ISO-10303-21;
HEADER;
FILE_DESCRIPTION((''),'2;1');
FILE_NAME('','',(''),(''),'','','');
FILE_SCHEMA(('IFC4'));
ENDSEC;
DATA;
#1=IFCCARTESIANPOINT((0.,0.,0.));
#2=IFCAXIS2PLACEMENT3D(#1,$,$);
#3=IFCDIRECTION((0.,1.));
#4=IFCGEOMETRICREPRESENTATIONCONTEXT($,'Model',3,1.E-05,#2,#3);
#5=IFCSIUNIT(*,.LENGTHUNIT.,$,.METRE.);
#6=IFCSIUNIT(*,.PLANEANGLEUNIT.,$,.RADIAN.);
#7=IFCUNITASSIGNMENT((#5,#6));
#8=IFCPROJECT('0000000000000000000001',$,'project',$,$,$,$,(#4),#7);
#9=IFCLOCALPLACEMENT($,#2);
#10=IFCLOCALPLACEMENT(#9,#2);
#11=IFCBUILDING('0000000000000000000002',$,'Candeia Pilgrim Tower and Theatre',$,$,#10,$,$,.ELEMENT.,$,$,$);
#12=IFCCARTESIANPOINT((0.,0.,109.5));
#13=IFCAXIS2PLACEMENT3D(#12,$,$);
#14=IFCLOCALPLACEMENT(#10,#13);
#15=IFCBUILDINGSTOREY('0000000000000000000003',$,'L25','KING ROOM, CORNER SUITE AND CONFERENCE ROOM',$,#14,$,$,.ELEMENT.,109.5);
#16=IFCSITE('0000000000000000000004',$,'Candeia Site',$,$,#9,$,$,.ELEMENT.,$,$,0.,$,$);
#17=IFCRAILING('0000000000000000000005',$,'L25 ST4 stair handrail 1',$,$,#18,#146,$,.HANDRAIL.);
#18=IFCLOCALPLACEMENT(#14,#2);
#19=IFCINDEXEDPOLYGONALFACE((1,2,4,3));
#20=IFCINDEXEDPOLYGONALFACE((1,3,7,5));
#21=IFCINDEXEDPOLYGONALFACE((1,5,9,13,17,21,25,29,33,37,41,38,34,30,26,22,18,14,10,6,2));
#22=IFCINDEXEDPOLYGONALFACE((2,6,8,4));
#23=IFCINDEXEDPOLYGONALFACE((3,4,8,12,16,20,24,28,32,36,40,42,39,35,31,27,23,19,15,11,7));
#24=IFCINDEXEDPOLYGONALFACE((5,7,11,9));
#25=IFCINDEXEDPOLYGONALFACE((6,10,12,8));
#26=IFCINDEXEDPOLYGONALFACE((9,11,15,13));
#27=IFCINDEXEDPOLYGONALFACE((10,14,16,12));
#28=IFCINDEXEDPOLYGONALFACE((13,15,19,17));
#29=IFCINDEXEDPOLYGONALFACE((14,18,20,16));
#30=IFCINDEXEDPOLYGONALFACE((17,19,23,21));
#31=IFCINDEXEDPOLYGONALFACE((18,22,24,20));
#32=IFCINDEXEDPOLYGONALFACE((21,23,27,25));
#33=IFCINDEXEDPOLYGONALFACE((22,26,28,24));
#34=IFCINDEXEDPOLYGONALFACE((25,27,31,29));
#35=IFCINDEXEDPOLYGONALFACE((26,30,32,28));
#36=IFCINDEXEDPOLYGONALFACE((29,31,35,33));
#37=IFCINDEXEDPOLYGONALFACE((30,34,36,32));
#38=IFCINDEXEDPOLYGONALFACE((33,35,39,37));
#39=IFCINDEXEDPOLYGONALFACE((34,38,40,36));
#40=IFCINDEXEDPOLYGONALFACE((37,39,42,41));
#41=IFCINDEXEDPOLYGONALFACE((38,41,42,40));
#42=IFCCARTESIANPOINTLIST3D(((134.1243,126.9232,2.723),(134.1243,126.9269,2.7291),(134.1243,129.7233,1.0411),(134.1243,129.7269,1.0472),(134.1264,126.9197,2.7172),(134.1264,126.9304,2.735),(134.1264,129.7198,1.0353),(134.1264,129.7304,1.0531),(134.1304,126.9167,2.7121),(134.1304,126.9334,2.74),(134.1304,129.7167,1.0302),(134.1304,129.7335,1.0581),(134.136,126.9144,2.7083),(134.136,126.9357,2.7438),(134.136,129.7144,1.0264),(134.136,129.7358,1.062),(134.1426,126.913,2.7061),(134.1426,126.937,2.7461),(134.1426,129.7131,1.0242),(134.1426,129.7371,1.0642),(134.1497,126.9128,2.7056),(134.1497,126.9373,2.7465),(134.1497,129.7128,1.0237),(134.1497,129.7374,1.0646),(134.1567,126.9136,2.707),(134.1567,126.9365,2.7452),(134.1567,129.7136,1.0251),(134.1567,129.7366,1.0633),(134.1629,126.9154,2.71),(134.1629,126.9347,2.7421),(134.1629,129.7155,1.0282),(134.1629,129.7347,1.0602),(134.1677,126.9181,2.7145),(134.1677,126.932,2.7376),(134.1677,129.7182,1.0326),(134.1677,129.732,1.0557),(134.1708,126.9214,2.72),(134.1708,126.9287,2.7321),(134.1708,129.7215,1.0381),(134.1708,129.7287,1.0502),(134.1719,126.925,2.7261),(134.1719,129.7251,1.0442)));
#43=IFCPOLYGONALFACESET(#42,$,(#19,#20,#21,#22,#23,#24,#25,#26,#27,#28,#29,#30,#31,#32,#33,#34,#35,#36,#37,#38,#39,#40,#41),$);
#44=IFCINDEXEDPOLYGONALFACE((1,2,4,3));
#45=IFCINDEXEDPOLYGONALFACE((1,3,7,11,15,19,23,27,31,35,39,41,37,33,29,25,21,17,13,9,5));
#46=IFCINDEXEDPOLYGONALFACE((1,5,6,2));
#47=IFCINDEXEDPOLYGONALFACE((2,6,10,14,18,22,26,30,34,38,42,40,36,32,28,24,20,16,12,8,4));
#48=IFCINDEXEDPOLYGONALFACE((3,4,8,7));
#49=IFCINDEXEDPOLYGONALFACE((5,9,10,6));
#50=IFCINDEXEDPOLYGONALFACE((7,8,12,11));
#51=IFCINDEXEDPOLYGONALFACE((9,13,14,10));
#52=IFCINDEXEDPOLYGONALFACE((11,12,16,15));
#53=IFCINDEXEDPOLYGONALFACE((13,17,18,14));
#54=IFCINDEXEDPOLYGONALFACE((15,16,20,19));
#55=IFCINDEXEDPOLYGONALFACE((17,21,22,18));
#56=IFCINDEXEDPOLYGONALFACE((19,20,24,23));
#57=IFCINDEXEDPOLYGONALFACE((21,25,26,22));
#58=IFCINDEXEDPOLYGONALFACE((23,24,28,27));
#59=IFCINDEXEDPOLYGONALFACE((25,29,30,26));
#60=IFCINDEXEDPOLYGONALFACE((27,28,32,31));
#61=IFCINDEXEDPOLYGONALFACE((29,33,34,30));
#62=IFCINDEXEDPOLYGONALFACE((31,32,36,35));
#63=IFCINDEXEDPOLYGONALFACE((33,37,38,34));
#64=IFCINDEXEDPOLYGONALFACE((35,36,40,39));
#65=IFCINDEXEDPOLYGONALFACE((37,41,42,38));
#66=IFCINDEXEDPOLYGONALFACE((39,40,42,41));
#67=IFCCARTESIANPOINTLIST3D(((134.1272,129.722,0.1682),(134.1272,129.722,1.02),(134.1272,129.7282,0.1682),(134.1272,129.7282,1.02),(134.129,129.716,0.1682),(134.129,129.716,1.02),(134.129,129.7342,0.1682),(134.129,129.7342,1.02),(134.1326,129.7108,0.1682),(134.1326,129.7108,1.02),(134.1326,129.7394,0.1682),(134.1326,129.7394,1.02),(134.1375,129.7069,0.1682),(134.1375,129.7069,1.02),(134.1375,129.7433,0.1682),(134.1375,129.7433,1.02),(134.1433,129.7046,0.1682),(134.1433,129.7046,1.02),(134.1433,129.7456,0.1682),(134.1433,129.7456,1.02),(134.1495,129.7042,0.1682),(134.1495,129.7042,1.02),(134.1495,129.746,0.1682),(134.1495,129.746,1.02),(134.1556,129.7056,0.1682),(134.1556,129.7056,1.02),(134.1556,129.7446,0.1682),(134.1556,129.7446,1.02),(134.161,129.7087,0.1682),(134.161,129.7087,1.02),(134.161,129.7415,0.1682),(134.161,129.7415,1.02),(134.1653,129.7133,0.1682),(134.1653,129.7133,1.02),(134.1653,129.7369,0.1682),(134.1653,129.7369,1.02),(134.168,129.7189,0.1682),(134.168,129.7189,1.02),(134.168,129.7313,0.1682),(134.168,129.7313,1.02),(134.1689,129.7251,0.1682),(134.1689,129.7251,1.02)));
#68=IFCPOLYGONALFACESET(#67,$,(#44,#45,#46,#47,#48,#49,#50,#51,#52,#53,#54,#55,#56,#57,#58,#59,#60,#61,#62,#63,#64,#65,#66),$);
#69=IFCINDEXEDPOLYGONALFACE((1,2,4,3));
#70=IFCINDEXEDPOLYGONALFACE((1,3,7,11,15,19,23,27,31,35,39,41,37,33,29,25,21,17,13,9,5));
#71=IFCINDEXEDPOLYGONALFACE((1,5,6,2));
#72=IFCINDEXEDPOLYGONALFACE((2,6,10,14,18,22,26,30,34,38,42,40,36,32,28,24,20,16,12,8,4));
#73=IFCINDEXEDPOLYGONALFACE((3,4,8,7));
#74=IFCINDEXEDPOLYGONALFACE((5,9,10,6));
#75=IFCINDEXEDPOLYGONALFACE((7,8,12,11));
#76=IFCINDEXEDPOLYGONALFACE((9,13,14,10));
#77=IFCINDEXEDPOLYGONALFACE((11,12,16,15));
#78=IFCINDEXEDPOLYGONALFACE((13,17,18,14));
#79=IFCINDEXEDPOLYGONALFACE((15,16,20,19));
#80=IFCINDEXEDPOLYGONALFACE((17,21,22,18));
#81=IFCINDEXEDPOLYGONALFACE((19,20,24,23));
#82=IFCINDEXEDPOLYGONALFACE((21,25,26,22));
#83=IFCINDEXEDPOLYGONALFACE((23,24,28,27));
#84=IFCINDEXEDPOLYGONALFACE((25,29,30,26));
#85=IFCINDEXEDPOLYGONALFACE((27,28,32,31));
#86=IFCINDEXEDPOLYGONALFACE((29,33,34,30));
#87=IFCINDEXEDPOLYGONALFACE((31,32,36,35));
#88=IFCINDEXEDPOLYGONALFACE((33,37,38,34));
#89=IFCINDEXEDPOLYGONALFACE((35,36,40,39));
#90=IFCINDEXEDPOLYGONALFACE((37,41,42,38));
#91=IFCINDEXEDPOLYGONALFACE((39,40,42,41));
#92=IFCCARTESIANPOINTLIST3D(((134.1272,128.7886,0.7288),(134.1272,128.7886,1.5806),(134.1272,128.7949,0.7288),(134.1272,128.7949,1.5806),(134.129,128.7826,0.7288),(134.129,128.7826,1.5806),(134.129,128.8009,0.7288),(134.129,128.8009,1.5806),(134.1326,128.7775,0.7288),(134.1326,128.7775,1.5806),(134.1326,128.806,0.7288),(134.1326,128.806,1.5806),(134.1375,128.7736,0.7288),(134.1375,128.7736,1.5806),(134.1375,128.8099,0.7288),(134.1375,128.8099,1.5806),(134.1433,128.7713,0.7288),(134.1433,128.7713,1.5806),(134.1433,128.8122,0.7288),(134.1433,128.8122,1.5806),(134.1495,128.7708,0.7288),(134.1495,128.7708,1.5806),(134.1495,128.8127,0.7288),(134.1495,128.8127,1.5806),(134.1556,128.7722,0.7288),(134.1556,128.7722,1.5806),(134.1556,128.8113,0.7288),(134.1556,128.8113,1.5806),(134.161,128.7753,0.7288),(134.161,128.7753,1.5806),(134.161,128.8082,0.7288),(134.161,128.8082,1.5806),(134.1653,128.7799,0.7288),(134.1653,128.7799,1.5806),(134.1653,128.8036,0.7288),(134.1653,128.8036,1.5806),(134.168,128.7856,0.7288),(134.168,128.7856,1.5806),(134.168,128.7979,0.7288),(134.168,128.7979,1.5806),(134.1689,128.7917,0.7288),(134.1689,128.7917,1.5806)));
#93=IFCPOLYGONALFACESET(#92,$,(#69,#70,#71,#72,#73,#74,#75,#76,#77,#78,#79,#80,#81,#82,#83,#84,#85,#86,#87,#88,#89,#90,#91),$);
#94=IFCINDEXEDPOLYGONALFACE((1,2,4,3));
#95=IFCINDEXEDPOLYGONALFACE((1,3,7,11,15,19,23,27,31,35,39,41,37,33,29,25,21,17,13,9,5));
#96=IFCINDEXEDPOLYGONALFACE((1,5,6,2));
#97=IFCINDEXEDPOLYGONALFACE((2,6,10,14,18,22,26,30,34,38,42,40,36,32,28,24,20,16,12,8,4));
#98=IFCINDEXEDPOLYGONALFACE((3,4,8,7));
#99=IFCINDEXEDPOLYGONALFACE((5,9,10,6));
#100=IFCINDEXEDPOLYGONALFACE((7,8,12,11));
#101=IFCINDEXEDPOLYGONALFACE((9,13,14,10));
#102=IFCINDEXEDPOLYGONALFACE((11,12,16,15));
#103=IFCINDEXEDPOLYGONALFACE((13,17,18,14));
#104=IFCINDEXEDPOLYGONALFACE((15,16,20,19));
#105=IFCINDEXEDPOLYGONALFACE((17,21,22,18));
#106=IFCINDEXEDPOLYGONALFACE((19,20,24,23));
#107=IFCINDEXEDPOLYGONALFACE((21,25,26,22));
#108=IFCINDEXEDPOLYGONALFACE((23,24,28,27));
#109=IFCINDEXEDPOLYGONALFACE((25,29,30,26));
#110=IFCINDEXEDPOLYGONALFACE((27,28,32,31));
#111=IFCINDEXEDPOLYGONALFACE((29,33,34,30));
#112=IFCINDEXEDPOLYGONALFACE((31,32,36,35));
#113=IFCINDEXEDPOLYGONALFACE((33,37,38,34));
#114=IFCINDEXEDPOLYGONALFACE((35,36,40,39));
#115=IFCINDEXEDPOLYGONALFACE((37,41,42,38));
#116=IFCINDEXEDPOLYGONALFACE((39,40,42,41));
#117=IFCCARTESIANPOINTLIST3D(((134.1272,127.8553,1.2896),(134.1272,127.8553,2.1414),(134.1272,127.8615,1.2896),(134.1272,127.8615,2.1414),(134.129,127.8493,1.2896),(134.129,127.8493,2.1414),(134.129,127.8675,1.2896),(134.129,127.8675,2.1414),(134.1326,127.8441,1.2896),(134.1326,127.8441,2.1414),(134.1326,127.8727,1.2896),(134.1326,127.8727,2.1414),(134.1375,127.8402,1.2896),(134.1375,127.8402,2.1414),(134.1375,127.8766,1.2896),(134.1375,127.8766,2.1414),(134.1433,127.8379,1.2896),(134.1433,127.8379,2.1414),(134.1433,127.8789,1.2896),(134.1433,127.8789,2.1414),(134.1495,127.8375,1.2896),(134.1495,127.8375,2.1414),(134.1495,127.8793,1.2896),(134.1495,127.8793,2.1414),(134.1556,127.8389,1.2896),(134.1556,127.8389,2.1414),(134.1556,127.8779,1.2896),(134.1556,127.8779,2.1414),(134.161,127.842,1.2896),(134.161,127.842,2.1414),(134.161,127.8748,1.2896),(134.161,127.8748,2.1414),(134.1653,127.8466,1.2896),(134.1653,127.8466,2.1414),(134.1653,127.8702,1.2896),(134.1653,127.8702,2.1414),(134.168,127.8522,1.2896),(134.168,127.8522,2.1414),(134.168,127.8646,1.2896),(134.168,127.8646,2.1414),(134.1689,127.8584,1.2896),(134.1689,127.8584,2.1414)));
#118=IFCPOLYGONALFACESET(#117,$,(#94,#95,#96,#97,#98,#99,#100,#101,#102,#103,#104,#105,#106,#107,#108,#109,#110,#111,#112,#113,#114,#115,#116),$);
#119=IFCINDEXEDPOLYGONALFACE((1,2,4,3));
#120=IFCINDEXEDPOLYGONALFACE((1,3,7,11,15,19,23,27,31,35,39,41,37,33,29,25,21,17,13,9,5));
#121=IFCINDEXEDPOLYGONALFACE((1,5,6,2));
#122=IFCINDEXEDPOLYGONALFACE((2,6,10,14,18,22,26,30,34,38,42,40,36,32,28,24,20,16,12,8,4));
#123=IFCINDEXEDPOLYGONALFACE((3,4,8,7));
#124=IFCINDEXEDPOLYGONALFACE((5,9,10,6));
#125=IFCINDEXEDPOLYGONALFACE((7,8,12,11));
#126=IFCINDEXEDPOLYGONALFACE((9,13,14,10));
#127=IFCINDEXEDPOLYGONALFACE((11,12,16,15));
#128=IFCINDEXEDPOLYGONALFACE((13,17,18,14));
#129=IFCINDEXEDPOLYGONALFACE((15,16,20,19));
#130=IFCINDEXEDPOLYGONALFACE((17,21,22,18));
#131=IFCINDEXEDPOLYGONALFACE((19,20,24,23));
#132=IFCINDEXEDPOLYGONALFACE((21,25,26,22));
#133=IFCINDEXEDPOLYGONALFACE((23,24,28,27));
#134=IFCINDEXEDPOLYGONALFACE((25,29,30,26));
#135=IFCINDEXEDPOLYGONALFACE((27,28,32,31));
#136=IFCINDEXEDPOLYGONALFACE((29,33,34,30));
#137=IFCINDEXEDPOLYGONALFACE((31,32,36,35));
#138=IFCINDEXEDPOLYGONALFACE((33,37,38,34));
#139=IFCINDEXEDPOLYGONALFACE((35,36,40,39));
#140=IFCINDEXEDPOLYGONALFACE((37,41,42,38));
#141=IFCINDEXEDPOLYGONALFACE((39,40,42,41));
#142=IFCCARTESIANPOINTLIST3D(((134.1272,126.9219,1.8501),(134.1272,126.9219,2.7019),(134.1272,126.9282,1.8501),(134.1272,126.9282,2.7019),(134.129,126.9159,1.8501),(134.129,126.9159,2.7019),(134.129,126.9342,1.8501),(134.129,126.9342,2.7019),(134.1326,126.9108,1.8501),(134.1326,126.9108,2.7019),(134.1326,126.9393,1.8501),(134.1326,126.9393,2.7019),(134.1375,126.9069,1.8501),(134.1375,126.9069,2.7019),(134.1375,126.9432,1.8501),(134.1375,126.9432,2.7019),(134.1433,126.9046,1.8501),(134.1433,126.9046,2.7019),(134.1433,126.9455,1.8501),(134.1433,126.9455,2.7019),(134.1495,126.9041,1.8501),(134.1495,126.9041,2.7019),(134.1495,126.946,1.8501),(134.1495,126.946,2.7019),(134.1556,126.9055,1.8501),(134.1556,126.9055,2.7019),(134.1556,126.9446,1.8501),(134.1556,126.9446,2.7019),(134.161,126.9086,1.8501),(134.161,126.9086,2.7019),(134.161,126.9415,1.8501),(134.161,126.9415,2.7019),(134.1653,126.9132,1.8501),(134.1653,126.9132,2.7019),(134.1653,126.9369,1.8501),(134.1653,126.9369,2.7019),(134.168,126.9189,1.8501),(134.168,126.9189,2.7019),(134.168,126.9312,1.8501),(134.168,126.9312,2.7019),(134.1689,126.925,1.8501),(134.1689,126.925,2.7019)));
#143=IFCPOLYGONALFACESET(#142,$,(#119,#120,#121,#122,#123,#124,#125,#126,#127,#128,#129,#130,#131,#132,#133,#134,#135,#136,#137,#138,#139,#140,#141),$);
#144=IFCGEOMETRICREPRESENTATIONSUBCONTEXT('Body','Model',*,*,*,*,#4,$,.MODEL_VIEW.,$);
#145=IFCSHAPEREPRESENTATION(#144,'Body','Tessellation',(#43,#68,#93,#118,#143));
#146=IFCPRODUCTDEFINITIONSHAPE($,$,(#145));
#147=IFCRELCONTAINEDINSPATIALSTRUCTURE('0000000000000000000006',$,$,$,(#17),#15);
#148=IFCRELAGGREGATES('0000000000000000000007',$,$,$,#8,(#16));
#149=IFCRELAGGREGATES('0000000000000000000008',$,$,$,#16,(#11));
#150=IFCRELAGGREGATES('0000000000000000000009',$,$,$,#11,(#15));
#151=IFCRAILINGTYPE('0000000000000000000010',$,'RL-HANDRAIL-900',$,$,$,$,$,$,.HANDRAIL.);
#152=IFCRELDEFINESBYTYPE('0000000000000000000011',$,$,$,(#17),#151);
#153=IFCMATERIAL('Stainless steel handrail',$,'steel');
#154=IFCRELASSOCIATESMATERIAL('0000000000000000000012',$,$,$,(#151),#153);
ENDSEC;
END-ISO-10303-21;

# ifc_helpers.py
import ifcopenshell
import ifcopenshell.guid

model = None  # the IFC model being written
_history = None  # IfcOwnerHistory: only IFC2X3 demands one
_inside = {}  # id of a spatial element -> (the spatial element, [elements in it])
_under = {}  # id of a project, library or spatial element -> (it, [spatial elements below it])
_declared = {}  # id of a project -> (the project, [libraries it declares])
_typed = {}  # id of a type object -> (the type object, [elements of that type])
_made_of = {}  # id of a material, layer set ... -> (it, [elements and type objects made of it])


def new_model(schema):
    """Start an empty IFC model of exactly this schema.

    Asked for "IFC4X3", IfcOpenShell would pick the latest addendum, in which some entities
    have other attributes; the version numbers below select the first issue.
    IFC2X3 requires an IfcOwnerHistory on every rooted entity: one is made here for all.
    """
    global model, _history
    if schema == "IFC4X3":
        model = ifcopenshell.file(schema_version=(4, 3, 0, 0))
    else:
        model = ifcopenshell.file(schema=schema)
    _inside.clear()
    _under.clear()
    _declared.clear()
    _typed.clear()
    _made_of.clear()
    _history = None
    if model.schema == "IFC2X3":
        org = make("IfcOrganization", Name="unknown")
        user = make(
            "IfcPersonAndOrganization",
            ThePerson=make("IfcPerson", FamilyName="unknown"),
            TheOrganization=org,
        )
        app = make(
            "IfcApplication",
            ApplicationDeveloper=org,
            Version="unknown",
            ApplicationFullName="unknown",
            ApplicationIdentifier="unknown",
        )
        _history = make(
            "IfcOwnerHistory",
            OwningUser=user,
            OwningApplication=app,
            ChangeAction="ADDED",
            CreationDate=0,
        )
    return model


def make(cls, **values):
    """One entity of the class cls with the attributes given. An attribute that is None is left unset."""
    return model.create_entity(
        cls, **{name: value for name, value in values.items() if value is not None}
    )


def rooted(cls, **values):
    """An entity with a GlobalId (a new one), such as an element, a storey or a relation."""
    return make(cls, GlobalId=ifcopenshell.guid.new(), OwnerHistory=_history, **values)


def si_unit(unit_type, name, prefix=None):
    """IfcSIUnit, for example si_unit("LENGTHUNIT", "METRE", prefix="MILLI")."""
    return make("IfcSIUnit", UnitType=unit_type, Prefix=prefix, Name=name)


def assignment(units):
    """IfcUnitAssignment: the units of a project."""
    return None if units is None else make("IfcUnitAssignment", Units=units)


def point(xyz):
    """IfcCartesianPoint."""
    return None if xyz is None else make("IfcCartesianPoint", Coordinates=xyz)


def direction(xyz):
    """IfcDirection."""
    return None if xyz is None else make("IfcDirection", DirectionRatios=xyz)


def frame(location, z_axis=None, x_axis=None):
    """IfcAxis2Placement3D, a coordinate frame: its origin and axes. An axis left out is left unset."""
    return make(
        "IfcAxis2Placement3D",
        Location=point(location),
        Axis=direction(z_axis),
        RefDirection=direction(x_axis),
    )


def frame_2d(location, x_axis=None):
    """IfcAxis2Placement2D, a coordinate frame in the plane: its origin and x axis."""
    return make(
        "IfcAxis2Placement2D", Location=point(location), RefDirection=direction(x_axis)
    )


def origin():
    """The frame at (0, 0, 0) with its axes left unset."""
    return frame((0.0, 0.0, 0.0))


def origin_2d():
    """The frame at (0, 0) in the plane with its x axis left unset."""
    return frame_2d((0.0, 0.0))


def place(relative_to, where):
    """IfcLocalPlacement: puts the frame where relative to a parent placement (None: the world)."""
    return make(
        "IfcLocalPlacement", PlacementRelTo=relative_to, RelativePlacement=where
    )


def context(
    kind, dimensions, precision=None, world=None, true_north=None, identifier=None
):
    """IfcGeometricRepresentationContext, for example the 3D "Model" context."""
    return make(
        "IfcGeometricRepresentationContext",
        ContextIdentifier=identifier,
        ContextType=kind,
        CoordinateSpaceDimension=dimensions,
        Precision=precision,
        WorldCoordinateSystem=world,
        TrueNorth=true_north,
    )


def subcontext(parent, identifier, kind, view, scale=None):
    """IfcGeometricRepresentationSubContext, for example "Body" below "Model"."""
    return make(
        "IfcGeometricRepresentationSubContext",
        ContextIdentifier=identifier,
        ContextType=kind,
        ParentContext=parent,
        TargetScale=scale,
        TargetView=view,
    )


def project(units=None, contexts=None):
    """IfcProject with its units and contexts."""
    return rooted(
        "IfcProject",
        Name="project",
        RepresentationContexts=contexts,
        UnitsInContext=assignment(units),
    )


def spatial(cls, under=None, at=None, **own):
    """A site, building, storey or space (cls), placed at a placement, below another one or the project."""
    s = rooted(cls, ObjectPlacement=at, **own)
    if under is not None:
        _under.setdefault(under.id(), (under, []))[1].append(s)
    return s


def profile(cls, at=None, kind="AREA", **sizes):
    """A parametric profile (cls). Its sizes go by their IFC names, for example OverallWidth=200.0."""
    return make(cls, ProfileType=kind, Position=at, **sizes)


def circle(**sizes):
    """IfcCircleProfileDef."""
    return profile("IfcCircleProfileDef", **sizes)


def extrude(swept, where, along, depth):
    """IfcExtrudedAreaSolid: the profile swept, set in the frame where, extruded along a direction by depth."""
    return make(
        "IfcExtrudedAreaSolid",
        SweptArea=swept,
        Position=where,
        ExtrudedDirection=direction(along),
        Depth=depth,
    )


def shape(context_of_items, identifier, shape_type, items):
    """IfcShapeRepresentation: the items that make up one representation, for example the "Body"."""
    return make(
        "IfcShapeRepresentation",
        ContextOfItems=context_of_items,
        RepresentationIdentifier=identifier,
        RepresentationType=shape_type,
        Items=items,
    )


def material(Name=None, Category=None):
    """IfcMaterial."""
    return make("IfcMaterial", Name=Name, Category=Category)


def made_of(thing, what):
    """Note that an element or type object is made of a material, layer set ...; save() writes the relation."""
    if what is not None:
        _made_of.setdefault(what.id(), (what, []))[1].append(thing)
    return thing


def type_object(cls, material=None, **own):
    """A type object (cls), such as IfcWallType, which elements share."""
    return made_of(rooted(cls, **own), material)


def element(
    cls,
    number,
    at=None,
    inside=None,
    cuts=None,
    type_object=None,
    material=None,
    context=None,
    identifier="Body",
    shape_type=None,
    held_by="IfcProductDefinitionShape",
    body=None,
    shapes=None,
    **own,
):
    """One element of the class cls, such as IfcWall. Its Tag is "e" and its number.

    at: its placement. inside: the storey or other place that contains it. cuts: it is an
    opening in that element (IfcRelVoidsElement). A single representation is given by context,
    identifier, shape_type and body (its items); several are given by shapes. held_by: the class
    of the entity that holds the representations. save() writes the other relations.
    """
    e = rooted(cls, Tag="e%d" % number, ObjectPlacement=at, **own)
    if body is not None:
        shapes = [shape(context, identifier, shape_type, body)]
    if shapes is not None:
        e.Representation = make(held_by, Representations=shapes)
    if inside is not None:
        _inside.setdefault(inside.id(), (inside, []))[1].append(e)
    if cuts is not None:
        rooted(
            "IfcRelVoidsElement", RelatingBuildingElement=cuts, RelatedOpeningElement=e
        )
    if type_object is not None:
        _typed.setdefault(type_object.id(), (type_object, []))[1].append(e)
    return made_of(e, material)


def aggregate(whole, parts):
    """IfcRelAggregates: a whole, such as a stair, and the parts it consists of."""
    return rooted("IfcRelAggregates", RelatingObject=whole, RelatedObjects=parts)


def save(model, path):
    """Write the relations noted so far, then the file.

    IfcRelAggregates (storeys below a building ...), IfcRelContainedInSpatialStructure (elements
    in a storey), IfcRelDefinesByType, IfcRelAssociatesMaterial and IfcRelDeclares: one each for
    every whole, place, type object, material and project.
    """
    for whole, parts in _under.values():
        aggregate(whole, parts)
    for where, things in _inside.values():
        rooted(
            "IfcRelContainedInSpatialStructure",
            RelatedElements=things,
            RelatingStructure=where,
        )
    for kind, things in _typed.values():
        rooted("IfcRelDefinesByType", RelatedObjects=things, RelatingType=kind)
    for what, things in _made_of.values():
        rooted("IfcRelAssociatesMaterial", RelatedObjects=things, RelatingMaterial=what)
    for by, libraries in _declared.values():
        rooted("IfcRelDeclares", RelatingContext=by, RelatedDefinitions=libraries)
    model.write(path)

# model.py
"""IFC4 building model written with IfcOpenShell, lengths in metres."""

from ifc_helpers import new_model, si_unit, direction, frame, origin, origin_2d, place, context, subcontext, project, spatial, circle, extrude, material, type_object, element, save


model = new_model("IFC4")

# Units and contexts
model_context = context("Model", 3, precision=1e-05, world=origin(), true_north=direction((0.0, 1.0)))
body_context = subcontext(model_context, "Body", "Model", "MODEL_VIEW")
ifc_project = project(units=[si_unit("LENGTHUNIT", "METRE"), si_unit("PLANEANGLEUNIT", "RADIAN")], contexts=[model_context])

# Site, building, storey
site_placement = place(None, origin())
site = spatial("IfcSite", under=ifc_project, at=site_placement, Name="Candeia Site", CompositionType="ELEMENT", RefElevation=0.0)
building_placement = place(site_placement, origin())
building = spatial("IfcBuilding", under=site, at=building_placement, Name="Candeia Pilgrim Tower and Theatre", CompositionType="ELEMENT")
storey_placement = place(building_placement, frame((0.0, 0.0, 109.5)))
storey = spatial("IfcBuildingStorey", under=building, at=storey_placement, Name="L25", Description="KING ROOM, CORNER SUITE AND CONFERENCE ROOM", CompositionType="ELEMENT", Elevation=109.5)

# Railing
ifc_material_1 = material(Name="Stainless steel handrail", Category="steel")
railing_type_1 = type_object("IfcRailingType", Name="RL-HANDRAIL-900", PredefinedType="HANDRAIL", material=ifc_material_1)
railing_1_placement = place(storey_placement, frame((134.1479, 129.7251, 0.1682)))
element("IfcRailing", 1, at=railing_1_placement, inside=storey, type_object=railing_type_1, Name="L25 ST4 stair handrail 1", PredefinedType="HANDRAIL", context=body_context, shape_type="SweptSolid", body=[
    extrude(circle(Radius=0.0239, at=origin_2d()), frame((0.0, 0.0, 0.876), z_axis=(0.0, -0.857242, 0.514913), x_axis=(1.0, 0.0, 0.0)), (0.0, 0.0, 1.0), 3.2664),
    extrude(circle(Radius=0.021, at=origin_2d()), origin(), (0.0, 0.0, 1.0), 0.8518),
    extrude(circle(Radius=0.021, at=origin_2d()), frame((0.0, -0.9333, 0.5605)), (0.0, 0.0, 1.0), 0.8518),
    extrude(circle(Radius=0.021, at=origin_2d()), frame((0.0, -1.8667, 1.1213)), (0.0, 0.0, 1.0), 0.8518),
    extrude(circle(Radius=0.021, at=origin_2d()), frame((0.0, -2.8, 1.6819)), (0.0, 0.0, 1.0), 0.8518),
])

save(model, "model.ifc")
